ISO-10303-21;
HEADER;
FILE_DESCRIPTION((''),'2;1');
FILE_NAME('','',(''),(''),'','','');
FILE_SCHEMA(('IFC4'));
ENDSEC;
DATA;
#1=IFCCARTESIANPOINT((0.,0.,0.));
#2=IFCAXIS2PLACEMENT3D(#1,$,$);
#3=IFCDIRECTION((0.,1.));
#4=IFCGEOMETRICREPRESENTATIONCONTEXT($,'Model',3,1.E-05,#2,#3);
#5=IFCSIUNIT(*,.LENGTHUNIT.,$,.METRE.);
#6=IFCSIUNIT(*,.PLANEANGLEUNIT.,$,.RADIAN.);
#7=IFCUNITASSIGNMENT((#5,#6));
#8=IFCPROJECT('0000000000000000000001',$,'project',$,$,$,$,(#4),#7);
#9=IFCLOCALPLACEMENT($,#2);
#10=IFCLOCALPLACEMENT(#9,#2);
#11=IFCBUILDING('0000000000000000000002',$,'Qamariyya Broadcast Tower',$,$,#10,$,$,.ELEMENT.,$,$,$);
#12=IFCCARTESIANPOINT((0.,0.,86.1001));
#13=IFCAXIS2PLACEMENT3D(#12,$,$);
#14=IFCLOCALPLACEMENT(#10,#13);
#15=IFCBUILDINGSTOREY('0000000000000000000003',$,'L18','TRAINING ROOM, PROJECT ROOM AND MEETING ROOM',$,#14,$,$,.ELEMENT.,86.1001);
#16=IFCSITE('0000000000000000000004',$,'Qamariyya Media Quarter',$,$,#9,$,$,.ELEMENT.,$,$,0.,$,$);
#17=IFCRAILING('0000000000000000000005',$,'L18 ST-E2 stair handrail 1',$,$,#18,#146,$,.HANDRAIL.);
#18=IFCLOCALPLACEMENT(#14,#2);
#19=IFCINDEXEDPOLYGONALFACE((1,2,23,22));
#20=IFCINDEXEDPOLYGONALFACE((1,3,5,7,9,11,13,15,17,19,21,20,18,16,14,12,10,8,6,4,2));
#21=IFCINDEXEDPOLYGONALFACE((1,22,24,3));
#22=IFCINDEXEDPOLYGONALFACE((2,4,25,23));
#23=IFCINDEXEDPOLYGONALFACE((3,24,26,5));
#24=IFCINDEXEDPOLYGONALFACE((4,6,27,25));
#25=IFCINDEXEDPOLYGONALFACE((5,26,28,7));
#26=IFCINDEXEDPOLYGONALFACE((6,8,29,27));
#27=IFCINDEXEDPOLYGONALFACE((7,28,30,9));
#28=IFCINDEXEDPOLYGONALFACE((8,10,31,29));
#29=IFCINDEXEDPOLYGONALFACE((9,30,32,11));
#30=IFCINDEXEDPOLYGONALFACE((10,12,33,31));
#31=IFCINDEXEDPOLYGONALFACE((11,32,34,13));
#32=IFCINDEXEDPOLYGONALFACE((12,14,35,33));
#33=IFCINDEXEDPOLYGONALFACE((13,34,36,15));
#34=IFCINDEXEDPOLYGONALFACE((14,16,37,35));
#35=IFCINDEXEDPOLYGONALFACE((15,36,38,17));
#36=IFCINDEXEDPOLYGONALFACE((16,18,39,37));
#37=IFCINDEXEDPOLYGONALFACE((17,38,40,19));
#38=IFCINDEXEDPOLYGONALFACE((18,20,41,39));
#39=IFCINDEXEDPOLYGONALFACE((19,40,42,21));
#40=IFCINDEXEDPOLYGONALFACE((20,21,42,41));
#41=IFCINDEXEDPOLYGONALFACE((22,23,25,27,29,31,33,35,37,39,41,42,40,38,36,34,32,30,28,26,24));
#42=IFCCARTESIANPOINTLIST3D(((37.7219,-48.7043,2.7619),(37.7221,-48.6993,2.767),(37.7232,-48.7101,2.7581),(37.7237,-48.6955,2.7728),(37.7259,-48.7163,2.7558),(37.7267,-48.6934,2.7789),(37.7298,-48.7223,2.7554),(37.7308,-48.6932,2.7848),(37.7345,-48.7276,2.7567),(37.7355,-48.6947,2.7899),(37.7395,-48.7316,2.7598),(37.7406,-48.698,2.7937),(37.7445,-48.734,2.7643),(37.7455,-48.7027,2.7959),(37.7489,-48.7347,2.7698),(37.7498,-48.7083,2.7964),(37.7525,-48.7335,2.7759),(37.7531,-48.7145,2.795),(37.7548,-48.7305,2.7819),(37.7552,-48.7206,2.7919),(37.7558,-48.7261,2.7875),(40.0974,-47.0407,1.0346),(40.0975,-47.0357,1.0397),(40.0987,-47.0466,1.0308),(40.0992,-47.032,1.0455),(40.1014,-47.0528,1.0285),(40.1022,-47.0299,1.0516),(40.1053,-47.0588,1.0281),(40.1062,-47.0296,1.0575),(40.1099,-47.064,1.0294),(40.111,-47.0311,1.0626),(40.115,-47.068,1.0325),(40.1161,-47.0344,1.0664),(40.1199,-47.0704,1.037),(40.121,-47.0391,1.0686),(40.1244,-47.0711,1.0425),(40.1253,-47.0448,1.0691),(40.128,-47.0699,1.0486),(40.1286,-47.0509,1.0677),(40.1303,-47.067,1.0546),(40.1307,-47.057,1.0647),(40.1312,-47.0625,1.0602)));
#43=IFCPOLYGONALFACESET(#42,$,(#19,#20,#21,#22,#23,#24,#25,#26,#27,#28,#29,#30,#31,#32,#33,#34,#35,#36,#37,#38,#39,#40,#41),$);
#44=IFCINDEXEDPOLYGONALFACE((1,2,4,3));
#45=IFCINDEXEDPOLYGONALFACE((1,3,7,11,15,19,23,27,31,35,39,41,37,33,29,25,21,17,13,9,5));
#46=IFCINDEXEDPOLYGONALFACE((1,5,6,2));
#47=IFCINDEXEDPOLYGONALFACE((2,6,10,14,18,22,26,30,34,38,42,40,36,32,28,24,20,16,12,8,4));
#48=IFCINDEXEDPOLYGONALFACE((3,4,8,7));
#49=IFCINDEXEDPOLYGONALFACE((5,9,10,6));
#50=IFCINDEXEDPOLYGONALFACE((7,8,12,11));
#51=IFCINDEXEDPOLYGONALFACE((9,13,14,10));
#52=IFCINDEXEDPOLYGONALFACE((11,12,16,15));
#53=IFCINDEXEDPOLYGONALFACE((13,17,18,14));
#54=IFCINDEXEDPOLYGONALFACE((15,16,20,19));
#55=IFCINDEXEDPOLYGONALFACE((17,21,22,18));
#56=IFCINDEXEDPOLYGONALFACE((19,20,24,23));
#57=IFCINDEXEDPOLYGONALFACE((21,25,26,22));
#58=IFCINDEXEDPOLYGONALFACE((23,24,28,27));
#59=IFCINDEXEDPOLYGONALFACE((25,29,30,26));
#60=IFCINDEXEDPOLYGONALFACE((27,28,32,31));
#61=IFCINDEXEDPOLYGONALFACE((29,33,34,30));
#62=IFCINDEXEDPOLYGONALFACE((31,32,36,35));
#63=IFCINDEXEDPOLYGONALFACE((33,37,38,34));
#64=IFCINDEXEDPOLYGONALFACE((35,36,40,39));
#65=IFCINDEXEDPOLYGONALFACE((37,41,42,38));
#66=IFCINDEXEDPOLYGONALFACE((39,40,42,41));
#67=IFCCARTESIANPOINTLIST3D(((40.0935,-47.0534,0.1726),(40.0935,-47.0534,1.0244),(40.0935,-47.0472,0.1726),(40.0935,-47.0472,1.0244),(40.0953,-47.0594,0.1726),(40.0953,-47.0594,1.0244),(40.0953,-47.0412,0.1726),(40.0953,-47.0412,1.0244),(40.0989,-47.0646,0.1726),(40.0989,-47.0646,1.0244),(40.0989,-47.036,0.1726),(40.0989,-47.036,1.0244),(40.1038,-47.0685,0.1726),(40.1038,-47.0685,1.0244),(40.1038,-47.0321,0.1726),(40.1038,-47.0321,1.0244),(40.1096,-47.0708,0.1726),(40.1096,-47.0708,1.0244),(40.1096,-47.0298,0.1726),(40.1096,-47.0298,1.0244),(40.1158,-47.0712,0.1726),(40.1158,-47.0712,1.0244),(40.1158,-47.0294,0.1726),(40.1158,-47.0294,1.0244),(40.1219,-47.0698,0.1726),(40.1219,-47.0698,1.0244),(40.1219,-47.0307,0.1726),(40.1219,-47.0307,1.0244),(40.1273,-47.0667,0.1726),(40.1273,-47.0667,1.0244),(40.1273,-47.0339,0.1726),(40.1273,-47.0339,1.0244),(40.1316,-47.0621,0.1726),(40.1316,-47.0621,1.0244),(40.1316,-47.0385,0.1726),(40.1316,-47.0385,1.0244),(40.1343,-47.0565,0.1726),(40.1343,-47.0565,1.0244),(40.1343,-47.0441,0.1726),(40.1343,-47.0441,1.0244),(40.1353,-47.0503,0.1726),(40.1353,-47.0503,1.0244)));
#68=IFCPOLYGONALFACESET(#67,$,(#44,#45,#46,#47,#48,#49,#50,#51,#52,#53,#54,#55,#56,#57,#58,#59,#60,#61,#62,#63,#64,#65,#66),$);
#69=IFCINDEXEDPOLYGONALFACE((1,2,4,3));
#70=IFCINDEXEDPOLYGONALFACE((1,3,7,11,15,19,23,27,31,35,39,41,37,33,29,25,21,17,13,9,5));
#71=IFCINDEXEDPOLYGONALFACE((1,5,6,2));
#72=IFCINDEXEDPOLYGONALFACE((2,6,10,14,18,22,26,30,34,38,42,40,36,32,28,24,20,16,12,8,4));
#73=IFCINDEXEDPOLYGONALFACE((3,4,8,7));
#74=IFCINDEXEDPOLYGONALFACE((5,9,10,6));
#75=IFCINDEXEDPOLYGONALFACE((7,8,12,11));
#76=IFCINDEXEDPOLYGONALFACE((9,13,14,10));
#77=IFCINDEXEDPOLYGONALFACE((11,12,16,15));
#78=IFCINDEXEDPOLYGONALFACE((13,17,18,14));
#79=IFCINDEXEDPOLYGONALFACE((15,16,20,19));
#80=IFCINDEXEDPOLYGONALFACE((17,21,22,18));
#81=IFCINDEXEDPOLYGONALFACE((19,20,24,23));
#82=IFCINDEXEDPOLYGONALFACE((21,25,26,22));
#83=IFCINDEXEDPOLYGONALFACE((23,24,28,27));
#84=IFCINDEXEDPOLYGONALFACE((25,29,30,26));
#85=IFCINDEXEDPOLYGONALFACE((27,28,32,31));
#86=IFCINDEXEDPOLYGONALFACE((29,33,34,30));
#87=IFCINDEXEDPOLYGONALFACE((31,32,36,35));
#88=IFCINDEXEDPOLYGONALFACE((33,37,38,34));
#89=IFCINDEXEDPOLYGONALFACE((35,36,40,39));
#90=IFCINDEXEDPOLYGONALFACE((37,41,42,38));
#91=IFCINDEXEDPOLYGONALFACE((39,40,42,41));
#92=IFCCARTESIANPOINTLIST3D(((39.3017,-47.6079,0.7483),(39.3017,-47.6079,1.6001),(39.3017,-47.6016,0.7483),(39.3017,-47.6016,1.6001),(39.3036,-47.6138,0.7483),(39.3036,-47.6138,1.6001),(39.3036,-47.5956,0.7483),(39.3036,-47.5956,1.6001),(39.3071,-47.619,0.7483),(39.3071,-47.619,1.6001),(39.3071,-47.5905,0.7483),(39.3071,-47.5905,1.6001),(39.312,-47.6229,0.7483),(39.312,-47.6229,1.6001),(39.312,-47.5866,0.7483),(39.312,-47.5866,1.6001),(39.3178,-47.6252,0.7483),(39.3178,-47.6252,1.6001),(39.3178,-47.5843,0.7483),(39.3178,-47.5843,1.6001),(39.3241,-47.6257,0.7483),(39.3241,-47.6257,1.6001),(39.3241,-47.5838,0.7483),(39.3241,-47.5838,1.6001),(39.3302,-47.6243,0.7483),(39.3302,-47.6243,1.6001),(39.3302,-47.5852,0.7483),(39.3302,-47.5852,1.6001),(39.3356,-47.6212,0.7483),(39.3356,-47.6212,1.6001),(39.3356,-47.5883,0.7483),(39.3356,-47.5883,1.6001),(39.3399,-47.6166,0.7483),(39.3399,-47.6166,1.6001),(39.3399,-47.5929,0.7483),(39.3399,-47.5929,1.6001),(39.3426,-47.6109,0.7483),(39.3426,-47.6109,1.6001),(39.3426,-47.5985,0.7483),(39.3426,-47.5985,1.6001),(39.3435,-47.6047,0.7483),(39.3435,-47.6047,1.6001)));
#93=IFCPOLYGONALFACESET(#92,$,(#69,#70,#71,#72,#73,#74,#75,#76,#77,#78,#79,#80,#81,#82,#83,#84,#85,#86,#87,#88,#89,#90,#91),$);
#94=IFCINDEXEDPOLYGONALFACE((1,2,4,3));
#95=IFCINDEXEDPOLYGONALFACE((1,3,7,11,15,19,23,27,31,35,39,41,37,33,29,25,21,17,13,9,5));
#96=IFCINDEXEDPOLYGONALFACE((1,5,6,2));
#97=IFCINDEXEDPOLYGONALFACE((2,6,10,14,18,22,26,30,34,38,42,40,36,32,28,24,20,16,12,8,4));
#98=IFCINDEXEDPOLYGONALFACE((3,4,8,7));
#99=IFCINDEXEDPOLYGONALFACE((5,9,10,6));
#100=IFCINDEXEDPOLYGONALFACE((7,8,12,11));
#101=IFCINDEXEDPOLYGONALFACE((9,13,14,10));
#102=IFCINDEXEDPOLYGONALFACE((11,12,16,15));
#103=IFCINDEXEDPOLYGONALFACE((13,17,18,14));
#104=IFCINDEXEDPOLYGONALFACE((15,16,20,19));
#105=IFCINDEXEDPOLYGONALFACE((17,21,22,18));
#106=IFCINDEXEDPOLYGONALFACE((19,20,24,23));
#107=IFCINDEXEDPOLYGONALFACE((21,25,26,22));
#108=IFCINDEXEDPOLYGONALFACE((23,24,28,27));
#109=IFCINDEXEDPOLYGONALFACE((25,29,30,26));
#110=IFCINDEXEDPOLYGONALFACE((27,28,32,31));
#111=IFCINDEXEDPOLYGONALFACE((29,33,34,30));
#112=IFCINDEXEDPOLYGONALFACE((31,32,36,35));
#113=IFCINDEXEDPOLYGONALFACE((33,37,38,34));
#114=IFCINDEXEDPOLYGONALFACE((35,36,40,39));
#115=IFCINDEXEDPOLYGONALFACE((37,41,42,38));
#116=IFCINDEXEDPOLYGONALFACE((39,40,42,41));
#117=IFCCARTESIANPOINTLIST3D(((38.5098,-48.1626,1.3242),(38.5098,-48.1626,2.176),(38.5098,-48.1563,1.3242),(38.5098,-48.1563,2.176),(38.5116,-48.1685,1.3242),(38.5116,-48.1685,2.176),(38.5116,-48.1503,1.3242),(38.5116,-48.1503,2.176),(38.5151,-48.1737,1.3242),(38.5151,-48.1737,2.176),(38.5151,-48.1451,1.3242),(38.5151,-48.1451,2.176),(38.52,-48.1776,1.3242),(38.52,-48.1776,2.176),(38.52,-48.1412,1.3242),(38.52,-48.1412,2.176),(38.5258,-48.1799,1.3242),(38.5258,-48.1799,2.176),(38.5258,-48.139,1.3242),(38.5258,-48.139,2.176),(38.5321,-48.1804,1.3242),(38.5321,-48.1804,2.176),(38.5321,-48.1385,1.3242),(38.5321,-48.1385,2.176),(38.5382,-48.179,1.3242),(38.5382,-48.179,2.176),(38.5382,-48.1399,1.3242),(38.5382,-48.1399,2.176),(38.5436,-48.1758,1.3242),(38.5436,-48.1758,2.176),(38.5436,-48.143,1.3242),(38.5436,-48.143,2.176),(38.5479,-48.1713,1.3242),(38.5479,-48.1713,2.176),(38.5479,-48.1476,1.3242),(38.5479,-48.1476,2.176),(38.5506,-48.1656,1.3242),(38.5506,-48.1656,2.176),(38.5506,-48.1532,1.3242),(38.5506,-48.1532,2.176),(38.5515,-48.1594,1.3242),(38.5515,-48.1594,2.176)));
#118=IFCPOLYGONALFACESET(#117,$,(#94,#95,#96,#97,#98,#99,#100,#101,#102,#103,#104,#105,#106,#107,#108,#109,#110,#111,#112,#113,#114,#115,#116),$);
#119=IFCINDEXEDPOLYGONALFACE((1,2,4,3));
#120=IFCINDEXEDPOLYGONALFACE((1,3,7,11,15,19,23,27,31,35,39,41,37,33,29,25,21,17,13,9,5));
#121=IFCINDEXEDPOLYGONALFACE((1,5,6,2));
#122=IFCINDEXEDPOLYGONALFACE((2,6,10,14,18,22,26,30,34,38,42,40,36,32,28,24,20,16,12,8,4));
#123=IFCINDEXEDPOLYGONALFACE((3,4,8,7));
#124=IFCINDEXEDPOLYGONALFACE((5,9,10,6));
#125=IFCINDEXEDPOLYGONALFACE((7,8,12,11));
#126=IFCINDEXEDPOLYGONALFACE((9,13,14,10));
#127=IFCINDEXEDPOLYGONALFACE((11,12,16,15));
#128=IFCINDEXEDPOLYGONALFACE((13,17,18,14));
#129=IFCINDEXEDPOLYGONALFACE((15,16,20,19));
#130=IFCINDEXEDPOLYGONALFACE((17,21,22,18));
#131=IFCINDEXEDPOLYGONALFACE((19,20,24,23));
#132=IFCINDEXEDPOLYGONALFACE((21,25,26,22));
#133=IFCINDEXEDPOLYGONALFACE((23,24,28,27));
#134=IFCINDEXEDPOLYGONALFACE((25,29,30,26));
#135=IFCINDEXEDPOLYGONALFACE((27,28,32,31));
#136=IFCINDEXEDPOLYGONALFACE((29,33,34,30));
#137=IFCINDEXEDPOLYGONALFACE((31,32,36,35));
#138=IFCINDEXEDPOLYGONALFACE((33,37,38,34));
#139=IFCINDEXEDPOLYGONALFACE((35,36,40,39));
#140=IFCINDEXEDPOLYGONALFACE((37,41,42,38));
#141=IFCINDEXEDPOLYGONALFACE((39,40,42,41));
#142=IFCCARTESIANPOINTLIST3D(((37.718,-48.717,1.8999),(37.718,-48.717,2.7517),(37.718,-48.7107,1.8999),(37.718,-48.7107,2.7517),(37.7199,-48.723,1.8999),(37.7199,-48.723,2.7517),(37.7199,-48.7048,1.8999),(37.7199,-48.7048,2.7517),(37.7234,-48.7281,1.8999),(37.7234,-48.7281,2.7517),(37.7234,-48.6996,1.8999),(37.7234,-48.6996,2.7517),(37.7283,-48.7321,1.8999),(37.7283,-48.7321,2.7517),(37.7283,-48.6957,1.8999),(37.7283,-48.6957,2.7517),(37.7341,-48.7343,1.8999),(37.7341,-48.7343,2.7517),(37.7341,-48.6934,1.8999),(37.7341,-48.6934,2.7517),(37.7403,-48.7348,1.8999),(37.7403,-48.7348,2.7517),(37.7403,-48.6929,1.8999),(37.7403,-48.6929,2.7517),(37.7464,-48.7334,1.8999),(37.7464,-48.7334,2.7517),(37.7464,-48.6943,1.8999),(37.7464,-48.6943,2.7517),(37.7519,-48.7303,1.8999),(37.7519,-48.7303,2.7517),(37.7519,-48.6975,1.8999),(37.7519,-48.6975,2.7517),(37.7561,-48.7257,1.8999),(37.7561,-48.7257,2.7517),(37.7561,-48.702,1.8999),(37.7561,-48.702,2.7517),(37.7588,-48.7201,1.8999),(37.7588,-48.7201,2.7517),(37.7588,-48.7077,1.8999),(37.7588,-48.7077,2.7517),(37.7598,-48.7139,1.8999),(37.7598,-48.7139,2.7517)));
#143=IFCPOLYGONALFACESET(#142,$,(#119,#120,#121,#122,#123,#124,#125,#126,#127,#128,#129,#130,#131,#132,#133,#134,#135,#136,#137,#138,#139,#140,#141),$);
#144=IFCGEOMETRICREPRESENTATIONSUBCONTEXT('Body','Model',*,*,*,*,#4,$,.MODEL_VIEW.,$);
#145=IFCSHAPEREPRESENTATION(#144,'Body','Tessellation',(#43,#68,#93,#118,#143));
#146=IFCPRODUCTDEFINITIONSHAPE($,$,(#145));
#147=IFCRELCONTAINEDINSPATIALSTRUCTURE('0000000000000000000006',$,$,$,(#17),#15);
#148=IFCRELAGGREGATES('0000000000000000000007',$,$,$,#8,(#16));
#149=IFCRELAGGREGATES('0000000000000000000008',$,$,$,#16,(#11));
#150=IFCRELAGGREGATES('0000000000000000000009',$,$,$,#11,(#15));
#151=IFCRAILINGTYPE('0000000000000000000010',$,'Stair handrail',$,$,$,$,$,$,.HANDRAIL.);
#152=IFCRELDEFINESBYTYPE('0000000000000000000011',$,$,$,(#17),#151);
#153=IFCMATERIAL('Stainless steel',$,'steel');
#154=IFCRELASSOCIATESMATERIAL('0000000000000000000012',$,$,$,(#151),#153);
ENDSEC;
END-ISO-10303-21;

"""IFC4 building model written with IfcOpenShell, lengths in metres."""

from ifc_helpers import new_model, si_unit, direction, frame, origin, origin_2d, place, context, subcontext, project, spatial, circle, extrude, material, type_object, element, save


model = new_model("IFC4")

# Units and contexts
model_context = context("Model", 3, precision=1e-05, world=origin(), true_north=direction((0.0, 1.0)))
body_context = subcontext(model_context, "Body", "Model", "MODEL_VIEW")
ifc_project = project(units=[si_unit("LENGTHUNIT", "METRE"), si_unit("PLANEANGLEUNIT", "RADIAN")], contexts=[model_context])

# Site, building, storey
site_placement = place(None, origin())
site = spatial("IfcSite", under=ifc_project, at=site_placement, Name="Qamariyya Media Quarter", CompositionType="ELEMENT", RefElevation=0.0)
building_placement = place(site_placement, origin())
building = spatial("IfcBuilding", under=site, at=building_placement, Name="Qamariyya Broadcast Tower", CompositionType="ELEMENT")
storey_placement = place(building_placement, frame((0.0, 0.0, 86.1001)))
storey = spatial("IfcBuildingStorey", under=building, at=storey_placement, Name="L18", Description="TRAINING ROOM, PROJECT ROOM AND MEETING ROOM", CompositionType="ELEMENT", Elevation=86.1001)

# Railing
ifc_material_1 = material(Name="Stainless steel", Category="steel")
railing_type_1 = type_object("IfcRailingType", Name="Stair handrail", PredefinedType="HANDRAIL", material=ifc_material_1)
railing_1_placement = place(storey_placement, frame((40.1143, -47.0503, 0.1726)))
element("IfcRailing", 1, at=railing_1_placement, inside=storey, type_object=railing_type_1, Name="L18 ST-E2 stair handrail 1", PredefinedType="HANDRAIL", context=body_context, shape_type="SweptSolid", body=[
    extrude(circle(Radius=0.0239, at=origin_2d()), frame((0.0, 0.0, 0.876), z_axis=(-0.703745, -0.492838, 0.511716), x_axis=(0.573632, -0.819113, 0.0)), (0.0, 0.0, 1.0), 3.3755),
    extrude(circle(Radius=0.021, at=origin_2d()), origin(), (0.0, 0.0, 1.0), 0.8518),
    extrude(circle(Radius=0.021, at=origin_2d()), frame((-0.7917, -0.5544, 0.5757)), (0.0, 0.0, 1.0), 0.8518),
    extrude(circle(Radius=0.021, at=origin_2d()), frame((-1.5837, -1.1091, 1.1516)), (0.0, 0.0, 1.0), 0.8518),
    extrude(circle(Radius=0.021, at=origin_2d()), frame((-2.3755, -1.6636, 1.7273)), (0.0, 0.0, 1.0), 0.8518),
])

save(model, "model.ifc")
